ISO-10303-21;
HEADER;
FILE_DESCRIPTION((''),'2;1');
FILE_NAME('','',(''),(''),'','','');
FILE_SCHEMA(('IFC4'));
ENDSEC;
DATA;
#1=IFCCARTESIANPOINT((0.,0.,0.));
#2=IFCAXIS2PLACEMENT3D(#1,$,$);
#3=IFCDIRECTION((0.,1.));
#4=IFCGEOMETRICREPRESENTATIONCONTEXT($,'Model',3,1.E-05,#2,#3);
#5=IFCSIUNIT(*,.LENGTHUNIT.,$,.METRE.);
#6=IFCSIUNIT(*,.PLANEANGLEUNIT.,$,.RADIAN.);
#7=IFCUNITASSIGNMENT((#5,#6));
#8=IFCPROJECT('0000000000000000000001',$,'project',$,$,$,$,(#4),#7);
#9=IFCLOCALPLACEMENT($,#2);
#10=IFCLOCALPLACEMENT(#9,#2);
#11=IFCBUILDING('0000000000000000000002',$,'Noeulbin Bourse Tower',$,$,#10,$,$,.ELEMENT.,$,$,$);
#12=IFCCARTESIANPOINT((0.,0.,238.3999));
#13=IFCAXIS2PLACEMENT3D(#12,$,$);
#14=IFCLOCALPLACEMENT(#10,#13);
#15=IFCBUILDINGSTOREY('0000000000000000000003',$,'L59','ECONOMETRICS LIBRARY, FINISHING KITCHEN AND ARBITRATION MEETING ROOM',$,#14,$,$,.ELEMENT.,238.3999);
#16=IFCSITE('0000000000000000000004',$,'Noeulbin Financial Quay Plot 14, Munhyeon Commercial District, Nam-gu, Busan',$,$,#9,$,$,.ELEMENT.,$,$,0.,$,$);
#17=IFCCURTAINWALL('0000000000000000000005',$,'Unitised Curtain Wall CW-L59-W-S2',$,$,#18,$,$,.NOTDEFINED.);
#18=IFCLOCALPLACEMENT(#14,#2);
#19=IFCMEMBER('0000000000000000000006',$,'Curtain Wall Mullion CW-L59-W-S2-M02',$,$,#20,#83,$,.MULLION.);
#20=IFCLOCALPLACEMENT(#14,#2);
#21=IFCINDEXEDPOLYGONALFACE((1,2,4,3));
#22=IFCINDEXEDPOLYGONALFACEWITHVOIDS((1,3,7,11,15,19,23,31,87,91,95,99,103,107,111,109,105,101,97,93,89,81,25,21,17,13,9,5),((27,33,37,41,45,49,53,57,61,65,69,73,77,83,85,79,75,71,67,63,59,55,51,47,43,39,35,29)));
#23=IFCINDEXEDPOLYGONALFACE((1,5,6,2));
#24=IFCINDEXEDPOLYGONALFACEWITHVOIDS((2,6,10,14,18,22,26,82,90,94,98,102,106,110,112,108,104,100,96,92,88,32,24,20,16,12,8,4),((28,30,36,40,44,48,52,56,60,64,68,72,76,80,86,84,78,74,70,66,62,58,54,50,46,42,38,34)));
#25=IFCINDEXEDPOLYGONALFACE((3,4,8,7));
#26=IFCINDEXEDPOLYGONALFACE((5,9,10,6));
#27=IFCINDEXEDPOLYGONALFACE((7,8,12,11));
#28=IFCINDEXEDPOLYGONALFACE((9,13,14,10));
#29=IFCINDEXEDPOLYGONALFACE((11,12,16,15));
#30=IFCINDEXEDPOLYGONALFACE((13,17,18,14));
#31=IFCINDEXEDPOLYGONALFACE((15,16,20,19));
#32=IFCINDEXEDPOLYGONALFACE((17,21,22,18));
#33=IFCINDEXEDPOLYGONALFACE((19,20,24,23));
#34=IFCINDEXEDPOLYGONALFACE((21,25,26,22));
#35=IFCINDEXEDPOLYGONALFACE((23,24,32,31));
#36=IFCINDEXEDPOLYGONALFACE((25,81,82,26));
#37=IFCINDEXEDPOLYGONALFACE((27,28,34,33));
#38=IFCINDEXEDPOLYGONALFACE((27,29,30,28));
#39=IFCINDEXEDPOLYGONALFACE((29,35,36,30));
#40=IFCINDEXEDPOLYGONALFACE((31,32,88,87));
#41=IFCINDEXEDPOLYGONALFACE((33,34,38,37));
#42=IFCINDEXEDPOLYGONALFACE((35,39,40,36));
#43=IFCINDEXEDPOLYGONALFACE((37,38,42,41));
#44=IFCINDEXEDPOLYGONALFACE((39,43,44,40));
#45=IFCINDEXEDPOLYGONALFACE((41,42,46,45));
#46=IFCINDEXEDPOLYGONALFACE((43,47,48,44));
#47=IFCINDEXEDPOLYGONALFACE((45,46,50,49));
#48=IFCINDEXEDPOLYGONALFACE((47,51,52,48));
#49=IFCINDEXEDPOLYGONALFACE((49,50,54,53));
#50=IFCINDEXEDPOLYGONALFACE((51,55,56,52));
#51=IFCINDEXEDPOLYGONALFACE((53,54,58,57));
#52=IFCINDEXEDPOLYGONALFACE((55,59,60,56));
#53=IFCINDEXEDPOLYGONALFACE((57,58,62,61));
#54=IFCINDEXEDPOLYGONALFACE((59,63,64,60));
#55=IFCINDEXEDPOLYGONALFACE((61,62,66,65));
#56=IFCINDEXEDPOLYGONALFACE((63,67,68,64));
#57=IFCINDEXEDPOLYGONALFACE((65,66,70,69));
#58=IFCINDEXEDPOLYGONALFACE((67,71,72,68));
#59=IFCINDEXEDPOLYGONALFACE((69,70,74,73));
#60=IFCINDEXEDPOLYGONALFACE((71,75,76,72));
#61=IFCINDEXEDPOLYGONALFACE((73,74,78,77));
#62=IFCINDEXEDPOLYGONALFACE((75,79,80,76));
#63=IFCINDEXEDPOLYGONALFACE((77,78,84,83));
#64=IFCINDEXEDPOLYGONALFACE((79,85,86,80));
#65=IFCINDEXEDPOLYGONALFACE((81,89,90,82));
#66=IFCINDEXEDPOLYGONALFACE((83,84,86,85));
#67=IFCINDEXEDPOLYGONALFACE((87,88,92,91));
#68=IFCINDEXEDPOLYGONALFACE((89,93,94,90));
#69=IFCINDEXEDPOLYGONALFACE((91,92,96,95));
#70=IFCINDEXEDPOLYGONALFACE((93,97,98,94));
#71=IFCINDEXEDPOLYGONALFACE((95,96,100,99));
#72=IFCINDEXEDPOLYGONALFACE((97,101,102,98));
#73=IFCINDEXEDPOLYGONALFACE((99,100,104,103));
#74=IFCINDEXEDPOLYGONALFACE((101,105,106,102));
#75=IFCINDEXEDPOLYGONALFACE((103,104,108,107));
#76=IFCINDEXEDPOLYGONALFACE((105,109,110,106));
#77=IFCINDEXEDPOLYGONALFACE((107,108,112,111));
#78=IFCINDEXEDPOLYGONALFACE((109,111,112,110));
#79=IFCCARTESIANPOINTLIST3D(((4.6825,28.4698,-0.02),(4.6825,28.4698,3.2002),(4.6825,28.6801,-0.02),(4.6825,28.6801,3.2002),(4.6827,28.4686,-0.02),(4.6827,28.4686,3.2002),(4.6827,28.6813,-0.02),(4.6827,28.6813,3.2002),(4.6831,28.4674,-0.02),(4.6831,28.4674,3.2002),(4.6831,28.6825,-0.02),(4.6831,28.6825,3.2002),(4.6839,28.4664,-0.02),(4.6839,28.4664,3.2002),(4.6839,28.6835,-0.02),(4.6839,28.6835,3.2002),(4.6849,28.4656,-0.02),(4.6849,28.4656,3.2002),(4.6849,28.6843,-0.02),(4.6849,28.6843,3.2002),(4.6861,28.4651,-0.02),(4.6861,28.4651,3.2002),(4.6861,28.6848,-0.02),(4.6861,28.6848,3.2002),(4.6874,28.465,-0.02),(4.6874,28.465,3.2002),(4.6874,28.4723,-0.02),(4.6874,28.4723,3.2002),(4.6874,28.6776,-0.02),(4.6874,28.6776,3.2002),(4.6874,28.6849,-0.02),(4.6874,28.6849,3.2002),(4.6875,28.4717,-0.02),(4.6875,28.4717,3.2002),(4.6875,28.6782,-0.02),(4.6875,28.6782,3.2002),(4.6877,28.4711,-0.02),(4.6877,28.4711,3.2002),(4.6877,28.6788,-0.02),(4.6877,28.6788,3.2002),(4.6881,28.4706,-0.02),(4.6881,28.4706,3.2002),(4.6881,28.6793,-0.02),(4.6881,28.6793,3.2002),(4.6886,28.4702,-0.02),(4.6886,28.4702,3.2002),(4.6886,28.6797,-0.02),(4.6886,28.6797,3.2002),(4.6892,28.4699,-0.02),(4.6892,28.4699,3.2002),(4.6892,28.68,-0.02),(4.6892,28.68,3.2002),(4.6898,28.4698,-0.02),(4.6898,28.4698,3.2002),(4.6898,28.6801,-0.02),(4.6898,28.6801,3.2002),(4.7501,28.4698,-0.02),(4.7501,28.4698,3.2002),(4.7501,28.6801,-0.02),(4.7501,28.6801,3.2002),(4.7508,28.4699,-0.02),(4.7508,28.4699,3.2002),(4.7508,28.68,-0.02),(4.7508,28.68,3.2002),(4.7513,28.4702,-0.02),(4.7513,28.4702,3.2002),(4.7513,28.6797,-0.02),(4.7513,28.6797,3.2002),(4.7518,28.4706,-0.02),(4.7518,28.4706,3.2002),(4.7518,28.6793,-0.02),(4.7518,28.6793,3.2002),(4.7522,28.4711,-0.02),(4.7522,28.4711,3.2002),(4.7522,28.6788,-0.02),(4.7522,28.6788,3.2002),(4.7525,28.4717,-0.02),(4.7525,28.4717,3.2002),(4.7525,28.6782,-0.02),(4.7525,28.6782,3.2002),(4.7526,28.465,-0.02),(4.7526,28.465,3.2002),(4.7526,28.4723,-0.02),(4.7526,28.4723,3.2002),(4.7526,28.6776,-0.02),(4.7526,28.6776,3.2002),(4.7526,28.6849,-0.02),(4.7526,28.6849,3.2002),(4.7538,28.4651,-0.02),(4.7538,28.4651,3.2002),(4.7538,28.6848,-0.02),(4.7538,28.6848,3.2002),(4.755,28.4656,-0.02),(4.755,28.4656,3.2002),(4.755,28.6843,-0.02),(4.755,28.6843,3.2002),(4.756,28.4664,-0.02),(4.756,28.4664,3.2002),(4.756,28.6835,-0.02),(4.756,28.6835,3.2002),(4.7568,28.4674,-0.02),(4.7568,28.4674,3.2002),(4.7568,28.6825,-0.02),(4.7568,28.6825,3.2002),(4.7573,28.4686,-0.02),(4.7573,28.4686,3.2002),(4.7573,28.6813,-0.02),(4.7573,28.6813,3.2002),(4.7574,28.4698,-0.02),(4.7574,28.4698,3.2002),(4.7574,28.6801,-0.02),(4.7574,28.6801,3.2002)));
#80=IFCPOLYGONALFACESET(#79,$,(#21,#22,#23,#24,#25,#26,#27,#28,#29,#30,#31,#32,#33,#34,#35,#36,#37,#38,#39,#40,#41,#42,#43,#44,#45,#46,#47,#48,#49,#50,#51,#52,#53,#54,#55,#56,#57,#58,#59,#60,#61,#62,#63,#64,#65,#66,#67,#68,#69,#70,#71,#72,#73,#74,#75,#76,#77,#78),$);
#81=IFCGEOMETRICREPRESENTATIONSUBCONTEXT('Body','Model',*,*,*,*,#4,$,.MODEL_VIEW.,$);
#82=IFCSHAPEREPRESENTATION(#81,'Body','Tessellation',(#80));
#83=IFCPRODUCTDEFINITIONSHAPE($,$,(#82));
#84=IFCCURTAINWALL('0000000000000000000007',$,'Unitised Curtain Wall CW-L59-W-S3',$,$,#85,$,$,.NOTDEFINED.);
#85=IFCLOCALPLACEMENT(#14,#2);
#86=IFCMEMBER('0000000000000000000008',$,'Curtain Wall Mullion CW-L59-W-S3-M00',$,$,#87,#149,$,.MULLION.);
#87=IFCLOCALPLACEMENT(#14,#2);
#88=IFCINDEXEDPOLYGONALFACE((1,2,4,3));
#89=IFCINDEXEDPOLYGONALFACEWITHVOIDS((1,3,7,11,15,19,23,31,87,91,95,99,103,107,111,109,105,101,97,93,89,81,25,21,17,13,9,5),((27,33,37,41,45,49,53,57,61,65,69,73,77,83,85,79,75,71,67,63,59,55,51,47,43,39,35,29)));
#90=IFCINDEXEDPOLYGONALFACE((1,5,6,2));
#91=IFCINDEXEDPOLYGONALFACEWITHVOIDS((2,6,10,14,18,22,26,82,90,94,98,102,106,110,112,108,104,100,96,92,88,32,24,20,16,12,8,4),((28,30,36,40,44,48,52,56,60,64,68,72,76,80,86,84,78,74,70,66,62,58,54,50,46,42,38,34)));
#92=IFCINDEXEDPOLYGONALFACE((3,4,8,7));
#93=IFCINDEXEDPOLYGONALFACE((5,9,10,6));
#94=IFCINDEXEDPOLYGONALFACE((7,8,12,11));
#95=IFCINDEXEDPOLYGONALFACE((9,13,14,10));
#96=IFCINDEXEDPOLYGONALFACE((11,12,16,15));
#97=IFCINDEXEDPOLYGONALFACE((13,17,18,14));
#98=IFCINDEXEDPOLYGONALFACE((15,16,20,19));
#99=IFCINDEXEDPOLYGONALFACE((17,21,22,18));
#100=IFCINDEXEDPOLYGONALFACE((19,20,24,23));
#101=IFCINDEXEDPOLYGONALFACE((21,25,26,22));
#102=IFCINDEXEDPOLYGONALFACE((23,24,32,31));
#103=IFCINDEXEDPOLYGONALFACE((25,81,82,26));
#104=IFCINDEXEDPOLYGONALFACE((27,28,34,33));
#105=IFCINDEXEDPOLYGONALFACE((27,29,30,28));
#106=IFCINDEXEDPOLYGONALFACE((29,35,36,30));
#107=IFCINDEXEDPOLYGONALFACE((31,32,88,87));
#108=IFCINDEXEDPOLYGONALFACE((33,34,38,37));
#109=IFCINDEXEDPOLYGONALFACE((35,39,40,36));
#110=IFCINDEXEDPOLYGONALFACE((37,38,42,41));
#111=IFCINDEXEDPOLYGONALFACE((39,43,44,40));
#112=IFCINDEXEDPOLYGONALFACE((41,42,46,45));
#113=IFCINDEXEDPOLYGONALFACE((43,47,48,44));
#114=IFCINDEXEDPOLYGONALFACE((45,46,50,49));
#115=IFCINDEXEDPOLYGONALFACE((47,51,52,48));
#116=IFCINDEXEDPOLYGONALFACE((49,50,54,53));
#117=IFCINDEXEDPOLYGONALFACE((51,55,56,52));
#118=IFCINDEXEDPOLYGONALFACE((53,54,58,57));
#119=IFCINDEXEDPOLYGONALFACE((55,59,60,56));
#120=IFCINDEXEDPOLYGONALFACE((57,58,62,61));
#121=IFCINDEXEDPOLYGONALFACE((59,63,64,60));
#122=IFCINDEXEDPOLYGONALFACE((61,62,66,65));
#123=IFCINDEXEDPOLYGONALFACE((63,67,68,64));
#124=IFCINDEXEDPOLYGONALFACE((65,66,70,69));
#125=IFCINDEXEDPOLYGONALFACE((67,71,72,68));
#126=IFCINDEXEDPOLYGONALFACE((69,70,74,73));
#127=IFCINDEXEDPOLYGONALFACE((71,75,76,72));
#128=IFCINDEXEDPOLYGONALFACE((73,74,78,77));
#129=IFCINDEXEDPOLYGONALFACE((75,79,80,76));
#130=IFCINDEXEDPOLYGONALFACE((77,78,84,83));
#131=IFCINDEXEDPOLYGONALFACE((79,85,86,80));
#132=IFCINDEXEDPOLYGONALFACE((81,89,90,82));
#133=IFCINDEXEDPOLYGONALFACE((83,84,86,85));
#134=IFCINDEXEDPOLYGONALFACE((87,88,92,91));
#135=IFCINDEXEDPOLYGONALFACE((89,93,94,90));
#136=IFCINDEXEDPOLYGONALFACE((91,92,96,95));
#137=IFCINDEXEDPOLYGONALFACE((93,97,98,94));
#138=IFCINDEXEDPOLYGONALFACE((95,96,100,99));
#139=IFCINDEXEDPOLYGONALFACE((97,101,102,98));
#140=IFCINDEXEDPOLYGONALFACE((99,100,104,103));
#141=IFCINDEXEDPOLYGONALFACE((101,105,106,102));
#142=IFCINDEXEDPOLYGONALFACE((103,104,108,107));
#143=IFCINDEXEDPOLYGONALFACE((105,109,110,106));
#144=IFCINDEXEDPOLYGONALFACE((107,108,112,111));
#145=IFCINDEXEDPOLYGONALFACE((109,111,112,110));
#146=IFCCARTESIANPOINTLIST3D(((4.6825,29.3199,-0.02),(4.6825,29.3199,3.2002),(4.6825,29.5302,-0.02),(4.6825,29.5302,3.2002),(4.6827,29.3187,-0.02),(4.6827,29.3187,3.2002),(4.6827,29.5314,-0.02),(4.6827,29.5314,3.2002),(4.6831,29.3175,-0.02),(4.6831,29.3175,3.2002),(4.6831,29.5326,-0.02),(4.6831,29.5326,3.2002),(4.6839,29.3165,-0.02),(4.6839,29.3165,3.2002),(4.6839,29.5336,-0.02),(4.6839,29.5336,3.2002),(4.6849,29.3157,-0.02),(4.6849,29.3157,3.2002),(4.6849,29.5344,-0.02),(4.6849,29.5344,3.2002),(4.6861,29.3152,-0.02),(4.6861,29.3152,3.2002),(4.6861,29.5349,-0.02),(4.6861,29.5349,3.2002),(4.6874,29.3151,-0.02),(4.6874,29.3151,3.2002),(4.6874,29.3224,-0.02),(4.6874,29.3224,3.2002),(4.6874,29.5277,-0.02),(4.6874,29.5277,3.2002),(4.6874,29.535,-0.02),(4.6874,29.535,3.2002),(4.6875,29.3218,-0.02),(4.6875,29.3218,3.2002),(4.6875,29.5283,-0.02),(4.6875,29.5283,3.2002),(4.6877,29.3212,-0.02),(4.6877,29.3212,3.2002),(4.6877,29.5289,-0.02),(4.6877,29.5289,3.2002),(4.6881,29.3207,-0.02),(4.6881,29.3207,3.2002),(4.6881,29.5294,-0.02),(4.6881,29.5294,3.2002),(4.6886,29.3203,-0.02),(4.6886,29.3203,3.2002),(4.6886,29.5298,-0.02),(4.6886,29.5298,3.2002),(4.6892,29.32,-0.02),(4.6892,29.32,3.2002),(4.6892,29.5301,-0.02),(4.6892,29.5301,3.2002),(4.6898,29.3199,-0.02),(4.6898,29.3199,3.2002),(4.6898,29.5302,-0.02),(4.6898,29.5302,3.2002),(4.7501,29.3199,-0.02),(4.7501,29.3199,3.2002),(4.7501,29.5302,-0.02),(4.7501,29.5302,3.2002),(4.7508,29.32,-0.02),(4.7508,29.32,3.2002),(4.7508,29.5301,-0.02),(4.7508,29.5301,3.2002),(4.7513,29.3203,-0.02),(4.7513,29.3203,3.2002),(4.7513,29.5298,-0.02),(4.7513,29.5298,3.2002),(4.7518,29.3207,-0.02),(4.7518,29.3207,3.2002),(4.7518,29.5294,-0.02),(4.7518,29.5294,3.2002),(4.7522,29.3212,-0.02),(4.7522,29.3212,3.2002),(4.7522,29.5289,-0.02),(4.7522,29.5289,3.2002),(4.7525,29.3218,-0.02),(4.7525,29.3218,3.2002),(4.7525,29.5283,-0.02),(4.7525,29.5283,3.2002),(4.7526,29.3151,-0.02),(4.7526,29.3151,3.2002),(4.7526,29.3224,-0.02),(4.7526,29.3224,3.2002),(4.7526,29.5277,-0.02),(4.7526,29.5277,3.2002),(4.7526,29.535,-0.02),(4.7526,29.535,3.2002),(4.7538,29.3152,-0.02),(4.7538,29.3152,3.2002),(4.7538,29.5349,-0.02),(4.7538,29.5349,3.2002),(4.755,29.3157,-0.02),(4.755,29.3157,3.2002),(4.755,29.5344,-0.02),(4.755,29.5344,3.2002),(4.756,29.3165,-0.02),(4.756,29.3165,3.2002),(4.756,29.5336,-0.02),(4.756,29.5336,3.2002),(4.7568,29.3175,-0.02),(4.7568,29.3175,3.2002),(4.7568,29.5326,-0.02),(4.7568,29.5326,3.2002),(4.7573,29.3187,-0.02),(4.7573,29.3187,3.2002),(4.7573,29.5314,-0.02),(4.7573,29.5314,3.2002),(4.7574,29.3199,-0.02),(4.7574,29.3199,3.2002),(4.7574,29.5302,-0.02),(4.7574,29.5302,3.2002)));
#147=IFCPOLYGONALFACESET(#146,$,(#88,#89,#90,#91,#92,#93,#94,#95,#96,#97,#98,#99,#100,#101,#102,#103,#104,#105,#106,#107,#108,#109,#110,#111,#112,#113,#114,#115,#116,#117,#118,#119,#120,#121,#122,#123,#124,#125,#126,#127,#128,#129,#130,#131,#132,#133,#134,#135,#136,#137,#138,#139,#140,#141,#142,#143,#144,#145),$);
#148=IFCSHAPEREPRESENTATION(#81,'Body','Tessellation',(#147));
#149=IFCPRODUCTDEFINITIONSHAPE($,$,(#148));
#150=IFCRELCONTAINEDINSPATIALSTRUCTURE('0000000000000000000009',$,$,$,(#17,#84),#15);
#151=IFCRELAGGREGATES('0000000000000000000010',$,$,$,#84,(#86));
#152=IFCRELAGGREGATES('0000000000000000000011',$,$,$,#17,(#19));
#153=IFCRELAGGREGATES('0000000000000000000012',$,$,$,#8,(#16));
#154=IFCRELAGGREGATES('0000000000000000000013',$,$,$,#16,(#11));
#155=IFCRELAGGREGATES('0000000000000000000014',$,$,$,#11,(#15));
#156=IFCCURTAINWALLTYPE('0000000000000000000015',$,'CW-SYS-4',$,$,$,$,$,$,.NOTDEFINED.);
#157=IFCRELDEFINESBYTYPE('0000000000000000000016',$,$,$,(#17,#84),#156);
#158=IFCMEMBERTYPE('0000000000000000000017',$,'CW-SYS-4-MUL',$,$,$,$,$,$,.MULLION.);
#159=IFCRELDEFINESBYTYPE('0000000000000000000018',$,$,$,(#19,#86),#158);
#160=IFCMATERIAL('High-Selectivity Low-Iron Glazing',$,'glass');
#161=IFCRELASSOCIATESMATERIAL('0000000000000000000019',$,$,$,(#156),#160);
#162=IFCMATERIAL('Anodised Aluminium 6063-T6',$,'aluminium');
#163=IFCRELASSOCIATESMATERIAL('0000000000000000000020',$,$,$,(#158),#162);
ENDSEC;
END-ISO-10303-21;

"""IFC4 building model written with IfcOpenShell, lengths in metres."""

from ifc_helpers import new_model, si_unit, direction, frame, origin, origin_2d, place, context, subcontext, project, spatial, hollow_rectangle, extrude, material, material_profile, profile_set, type_object, element, aggregate, save


model = new_model("IFC4")

# Units and contexts
model_context = context("Model", 3, precision=1e-05, world=origin(), true_north=direction((0.0, 1.0)))
body_context = subcontext(model_context, "Body", "Model", "MODEL_VIEW")
ifc_project = project(units=[si_unit("LENGTHUNIT", "METRE"), si_unit("PLANEANGLEUNIT", "RADIAN")], contexts=[model_context])

# Site, building, storey
site_placement = place(None, origin())
site = spatial("IfcSite", under=ifc_project, at=site_placement, Name="Noeulbin Financial Quay Plot 14, Munhyeon Commercial District, Nam-gu, Busan", CompositionType="ELEMENT", RefElevation=0.0)
building_placement = place(site_placement, origin())
building = spatial("IfcBuilding", under=site, at=building_placement, Name="Noeulbin Bourse Tower", CompositionType="ELEMENT")
storey_placement = place(building_placement, frame((0.0, 0.0, 238.3999)))
storey = spatial("IfcBuildingStorey", under=building, at=storey_placement, Name="L59", Description="ECONOMETRICS LIBRARY, FINISHING KITCHEN AND ARBITRATION MEETING ROOM", CompositionType="ELEMENT", Elevation=238.3999)

# Curtain walls, members
ifc_material_1 = material(Name="High-Selectivity Low-Iron Glazing", Category="glass")
curtain_wall_type = type_object("IfcCurtainWallType", Name="CW-SYS-4", PredefinedType="NOTDEFINED", material=ifc_material_1)
curtain_wall_1_placement = place(storey_placement, origin())
curtain_wall_1 = element("IfcCurtainWall", 1, at=curtain_wall_1_placement, inside=storey, type_object=curtain_wall_type, Name="Unitised Curtain Wall CW-L59-W-S2", PredefinedType="NOTDEFINED")
ifc_material_2 = material(Name="Anodised Aluminium 6063-T6", Category="aluminium")
ifc_material_profile_1 = material_profile(ifc_material_2, hollow_rectangle(XDim=0.075, YDim=0.22, WallThickness=0.0049, InnerFilletRadius=0.0024, OuterFilletRadius=0.0049, at=origin_2d()), Name="ALU-MULL-75x220x5", Category="LoadBearing")
ifc_profile_set_1 = profile_set([ifc_material_profile_1], Name="Anodised Aluminium 6063-T6")
member_type_1 = type_object("IfcMemberType", Name="CW-SYS-4-MUL", PredefinedType="MULLION", material=ifc_profile_set_1)
member_1_placement = place(storey_placement, frame((4.72, 28.575, -0.02), z_axis=(0.0, 0.0, 1.0), x_axis=(1.0, 0.0, 0.0)))
member_1 = element("IfcMember", 2, at=member_1_placement, type_object=member_type_1, Name="Curtain Wall Mullion CW-L59-W-S2-M02", PredefinedType="MULLION", context=body_context, shape_type="SweptSolid", body=[
    extrude(hollow_rectangle(XDim=0.075, YDim=0.22, WallThickness=0.0049, InnerFilletRadius=0.0024, OuterFilletRadius=0.0049, at=origin_2d()), origin(), (0.0, 0.0, 1.0), 3.2202),
])
curtain_wall_2_placement = place(storey_placement, origin())
curtain_wall_2 = element("IfcCurtainWall", 3, at=curtain_wall_2_placement, inside=storey, type_object=curtain_wall_type, Name="Unitised Curtain Wall CW-L59-W-S3", PredefinedType="NOTDEFINED")
member_2_placement = place(storey_placement, frame((4.72, 29.425, -0.02), z_axis=(0.0, 0.0, 1.0), x_axis=(1.0, 0.0, 0.0)))
member_2 = element("IfcMember", 4, at=member_2_placement, type_object=member_type_1, Name="Curtain Wall Mullion CW-L59-W-S3-M00", PredefinedType="MULLION", context=body_context, shape_type="SweptSolid", body=[
    extrude(hollow_rectangle(XDim=0.075, YDim=0.22, WallThickness=0.0049, InnerFilletRadius=0.0024, OuterFilletRadius=0.0049, at=origin_2d()), origin(), (0.0, 0.0, 1.0), 3.2202),
])
aggregate(curtain_wall_2, [member_2])

aggregate(curtain_wall_1, [member_1])

save(model, "model.ifc")
